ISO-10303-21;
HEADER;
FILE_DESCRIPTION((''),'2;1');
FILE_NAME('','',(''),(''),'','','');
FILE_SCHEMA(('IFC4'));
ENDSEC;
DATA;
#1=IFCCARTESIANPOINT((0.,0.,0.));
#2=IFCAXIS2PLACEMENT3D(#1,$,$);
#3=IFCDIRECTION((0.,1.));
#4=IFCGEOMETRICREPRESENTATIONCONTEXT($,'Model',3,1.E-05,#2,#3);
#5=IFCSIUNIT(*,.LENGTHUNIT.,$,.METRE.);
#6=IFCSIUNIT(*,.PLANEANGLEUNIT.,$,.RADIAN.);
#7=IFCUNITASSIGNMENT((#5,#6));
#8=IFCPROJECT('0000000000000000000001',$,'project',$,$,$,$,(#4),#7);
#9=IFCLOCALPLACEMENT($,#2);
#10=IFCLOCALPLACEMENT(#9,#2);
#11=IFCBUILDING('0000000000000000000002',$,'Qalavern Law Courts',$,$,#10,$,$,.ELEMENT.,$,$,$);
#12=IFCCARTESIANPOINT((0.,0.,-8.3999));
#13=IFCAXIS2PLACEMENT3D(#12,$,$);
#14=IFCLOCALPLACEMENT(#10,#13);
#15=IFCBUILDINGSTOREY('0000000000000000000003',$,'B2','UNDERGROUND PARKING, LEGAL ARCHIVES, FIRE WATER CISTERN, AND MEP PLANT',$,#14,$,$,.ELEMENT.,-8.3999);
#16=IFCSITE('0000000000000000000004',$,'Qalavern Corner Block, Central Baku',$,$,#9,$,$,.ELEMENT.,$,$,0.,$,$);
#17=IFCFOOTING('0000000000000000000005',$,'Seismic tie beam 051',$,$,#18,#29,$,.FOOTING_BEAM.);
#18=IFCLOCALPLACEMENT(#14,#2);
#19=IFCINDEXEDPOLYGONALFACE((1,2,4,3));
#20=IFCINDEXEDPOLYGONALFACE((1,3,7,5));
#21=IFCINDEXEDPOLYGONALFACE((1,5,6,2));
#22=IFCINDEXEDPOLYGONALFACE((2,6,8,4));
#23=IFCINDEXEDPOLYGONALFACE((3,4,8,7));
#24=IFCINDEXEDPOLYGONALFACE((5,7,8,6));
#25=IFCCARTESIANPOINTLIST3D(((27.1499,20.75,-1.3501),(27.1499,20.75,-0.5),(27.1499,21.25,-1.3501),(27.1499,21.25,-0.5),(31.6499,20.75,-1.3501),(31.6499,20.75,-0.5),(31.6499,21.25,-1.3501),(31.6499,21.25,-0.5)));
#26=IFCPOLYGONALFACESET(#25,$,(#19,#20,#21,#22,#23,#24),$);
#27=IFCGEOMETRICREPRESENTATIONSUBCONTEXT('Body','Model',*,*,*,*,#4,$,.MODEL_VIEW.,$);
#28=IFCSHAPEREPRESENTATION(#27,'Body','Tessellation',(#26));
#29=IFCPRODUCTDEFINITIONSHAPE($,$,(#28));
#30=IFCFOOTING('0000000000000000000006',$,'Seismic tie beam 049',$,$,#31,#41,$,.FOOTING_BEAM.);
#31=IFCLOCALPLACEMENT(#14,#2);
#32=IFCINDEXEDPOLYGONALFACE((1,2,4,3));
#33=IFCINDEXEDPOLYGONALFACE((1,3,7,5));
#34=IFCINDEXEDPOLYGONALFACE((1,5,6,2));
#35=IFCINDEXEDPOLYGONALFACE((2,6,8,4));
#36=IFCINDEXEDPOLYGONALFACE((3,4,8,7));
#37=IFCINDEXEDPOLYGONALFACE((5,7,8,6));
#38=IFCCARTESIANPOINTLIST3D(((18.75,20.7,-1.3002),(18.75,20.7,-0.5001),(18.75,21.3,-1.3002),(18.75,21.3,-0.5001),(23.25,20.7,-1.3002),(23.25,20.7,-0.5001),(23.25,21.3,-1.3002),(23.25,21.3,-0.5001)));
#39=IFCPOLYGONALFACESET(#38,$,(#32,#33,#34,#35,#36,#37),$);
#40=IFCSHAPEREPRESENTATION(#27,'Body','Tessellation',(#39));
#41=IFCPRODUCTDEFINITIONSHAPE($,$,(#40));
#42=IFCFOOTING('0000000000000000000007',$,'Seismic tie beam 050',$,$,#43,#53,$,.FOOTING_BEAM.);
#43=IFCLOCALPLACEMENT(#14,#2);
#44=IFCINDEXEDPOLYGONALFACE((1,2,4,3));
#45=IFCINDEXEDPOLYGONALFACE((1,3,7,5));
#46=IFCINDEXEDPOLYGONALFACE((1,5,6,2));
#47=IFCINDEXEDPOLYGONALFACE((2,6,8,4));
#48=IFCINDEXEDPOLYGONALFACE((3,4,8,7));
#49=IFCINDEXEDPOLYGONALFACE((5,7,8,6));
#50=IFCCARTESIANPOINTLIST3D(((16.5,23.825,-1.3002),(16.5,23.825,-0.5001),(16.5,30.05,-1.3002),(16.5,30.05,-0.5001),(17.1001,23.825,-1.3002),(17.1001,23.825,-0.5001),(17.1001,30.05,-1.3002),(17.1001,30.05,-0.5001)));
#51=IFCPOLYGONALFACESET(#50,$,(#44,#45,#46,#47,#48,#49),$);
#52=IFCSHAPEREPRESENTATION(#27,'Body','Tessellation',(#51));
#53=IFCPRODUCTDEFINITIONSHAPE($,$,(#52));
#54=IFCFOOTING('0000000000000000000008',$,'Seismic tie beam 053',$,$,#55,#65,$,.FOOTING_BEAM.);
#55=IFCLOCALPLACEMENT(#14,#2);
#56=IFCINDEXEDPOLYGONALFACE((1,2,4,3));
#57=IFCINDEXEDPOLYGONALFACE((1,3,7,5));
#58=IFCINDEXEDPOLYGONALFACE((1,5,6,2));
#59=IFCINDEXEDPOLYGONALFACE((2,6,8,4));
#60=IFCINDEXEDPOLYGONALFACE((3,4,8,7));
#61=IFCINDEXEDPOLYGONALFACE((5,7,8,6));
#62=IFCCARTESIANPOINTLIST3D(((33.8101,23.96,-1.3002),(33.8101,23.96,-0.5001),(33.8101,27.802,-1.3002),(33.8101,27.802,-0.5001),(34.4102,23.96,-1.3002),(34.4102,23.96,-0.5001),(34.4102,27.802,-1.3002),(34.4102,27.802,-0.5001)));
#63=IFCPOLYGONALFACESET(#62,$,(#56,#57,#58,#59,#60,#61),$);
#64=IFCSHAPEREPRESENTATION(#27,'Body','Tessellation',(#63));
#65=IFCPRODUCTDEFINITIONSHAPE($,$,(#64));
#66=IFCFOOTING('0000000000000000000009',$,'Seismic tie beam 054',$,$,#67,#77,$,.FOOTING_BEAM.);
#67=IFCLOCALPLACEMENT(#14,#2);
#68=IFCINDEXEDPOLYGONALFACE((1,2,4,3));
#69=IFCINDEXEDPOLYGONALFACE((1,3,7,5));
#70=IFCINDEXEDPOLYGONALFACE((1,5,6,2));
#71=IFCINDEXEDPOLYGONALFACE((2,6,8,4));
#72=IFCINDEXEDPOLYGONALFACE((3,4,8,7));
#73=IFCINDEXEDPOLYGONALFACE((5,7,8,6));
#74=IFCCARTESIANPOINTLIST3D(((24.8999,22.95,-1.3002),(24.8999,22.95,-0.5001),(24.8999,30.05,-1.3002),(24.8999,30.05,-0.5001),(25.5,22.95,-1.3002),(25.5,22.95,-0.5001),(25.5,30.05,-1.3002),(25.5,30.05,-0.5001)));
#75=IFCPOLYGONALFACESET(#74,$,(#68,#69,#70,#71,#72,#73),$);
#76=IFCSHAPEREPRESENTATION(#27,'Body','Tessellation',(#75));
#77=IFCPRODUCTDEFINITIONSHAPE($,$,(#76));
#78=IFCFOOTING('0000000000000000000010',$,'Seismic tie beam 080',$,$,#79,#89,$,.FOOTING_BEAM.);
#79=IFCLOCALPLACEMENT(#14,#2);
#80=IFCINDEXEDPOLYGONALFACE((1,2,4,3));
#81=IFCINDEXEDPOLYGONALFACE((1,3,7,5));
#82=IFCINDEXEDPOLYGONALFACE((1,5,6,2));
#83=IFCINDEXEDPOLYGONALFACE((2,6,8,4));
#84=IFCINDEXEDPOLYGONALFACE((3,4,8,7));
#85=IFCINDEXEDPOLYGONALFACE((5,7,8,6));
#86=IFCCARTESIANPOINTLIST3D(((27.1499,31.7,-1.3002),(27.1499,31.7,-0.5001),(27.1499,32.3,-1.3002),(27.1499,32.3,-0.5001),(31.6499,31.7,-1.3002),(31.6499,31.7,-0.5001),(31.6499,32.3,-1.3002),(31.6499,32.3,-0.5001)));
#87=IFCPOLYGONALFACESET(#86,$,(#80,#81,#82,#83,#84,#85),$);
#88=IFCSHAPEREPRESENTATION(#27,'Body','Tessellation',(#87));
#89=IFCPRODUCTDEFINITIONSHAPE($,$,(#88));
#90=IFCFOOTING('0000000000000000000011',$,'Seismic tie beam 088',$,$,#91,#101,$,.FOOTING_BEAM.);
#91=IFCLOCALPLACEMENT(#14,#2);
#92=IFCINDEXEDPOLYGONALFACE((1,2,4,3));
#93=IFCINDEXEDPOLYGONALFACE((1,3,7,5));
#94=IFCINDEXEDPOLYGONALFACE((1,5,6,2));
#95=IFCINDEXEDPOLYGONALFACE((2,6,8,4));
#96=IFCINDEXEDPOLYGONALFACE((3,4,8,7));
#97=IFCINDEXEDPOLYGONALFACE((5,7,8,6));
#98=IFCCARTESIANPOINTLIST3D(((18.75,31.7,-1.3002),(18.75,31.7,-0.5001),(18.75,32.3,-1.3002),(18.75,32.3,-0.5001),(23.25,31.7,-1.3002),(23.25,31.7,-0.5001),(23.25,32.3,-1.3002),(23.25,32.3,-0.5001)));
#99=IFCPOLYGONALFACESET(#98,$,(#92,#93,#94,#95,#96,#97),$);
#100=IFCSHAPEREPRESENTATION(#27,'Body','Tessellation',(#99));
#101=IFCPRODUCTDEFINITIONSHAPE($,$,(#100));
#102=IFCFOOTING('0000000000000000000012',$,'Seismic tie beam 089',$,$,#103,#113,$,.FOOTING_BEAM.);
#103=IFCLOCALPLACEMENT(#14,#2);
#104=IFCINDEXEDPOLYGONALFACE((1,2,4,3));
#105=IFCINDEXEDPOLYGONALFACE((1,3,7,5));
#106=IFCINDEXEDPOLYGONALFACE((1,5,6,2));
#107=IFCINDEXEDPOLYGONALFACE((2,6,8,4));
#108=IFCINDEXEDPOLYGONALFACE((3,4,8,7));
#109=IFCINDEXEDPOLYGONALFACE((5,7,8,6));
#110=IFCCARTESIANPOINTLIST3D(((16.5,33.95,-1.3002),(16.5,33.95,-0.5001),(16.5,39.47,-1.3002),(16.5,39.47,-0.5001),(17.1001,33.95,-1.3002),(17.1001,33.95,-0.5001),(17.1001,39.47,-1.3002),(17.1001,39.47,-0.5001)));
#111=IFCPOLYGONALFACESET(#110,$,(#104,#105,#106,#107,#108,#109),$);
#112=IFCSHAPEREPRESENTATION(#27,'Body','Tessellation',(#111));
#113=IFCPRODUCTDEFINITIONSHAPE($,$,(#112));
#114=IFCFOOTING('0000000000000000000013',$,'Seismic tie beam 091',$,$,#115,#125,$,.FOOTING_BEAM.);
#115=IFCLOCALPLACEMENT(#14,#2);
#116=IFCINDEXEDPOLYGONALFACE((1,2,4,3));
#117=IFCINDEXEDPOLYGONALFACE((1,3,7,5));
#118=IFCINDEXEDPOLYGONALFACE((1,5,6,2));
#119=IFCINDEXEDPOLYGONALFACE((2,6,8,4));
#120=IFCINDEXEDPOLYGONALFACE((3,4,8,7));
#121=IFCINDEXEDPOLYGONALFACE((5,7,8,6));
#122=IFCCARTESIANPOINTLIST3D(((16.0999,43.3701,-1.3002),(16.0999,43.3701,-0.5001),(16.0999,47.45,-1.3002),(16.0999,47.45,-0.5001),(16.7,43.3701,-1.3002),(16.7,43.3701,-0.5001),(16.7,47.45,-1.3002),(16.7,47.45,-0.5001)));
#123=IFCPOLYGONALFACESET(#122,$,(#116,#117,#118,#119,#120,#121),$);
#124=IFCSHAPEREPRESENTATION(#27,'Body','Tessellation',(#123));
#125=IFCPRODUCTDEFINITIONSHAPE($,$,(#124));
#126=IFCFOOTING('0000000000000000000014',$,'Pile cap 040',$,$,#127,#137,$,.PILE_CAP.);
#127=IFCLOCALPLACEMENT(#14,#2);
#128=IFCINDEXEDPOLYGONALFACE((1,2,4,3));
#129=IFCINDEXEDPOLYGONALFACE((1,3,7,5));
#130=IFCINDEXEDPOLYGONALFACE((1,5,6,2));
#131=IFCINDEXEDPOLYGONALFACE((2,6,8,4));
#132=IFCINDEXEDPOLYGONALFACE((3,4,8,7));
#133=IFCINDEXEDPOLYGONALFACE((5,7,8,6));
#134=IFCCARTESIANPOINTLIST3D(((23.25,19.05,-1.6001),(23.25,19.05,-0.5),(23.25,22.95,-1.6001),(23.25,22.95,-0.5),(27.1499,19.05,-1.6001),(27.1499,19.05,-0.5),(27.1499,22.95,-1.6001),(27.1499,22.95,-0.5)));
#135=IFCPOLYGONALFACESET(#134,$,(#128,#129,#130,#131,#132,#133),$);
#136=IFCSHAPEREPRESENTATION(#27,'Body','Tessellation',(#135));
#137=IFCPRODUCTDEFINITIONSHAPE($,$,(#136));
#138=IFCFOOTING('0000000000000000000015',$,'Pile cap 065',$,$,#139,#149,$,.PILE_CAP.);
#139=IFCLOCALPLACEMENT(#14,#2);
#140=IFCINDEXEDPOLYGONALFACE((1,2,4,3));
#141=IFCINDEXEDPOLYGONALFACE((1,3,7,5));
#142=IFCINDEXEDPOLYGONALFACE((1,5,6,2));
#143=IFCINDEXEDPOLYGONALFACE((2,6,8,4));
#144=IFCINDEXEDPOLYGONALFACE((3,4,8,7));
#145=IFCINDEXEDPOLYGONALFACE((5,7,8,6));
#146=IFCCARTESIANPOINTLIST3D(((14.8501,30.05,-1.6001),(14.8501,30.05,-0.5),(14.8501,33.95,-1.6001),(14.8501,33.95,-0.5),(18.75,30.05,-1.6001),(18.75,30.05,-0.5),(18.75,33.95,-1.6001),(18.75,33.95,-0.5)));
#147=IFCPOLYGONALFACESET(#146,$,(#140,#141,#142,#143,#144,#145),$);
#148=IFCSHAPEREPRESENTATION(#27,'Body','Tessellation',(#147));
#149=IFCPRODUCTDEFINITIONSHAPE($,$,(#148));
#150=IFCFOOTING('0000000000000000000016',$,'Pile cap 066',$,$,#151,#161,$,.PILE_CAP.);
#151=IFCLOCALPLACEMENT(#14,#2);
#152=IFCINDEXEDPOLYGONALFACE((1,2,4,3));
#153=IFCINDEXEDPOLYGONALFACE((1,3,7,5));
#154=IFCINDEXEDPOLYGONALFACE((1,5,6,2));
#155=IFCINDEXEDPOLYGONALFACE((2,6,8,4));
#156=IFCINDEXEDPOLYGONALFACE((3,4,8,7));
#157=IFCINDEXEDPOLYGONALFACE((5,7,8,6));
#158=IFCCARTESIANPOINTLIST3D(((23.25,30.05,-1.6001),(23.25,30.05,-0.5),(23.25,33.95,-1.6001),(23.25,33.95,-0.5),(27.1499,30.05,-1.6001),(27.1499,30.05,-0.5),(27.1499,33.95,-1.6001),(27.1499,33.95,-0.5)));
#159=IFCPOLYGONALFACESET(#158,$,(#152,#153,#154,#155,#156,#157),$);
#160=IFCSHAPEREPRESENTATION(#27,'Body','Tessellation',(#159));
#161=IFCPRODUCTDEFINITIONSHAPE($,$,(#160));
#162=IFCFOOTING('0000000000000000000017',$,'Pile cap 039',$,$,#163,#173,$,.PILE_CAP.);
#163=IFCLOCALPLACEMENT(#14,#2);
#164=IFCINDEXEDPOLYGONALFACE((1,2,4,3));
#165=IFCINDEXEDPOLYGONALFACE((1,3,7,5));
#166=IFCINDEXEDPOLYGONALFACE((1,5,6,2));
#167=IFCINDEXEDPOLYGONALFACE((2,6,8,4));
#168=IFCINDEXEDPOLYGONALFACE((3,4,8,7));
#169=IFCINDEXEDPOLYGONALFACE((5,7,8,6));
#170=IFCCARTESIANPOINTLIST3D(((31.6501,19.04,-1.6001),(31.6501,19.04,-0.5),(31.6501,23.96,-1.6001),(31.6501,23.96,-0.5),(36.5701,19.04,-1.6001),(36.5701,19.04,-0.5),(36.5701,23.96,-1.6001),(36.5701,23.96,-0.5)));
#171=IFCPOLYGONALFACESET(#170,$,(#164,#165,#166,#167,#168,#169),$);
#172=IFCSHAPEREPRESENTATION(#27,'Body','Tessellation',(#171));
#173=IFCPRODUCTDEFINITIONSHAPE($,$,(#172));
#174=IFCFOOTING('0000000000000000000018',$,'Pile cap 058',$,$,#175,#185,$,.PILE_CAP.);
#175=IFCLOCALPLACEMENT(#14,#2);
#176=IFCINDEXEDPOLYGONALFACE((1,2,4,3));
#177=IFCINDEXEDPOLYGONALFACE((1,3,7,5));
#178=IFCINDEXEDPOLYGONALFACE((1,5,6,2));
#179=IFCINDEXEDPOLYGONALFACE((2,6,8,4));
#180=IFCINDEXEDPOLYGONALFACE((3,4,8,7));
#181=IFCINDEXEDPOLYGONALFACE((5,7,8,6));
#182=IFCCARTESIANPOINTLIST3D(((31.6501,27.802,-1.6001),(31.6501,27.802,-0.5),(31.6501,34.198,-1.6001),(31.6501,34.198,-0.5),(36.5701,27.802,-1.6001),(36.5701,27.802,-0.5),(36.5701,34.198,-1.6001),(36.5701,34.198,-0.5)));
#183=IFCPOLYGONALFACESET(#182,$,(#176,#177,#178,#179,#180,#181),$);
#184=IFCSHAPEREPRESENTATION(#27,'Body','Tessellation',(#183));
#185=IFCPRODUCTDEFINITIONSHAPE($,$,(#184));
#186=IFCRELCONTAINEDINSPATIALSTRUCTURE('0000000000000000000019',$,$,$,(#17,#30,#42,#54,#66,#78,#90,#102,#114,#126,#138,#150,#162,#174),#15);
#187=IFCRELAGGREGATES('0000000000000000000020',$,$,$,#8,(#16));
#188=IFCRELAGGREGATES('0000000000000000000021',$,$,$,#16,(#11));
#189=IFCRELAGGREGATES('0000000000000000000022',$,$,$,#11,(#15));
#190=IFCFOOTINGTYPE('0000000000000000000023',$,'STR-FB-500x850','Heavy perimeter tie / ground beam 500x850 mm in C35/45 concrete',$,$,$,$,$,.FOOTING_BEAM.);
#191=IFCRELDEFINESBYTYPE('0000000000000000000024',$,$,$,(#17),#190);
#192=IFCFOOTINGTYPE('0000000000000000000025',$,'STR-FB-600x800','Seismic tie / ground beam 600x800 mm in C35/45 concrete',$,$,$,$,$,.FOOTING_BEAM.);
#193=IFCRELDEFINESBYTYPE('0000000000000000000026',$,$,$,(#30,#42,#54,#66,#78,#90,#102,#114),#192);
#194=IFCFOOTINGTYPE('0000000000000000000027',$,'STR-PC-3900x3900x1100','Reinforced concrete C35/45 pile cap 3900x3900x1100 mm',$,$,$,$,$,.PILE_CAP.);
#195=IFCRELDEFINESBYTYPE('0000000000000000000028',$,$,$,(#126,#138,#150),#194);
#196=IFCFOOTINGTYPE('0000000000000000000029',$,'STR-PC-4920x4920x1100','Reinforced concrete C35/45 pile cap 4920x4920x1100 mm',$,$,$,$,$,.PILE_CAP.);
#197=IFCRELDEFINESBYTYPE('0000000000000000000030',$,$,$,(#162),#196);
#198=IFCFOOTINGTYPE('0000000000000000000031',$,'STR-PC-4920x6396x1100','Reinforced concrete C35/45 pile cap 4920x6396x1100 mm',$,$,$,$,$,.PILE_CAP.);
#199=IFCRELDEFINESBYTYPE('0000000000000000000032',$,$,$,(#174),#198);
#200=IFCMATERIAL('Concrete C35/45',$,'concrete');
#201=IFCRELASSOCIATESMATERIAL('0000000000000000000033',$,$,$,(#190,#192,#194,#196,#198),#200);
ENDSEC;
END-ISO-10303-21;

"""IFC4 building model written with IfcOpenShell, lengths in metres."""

from ifc_helpers import new_model, si_unit, direction, frame, origin, origin_2d, place, context, subcontext, project, spatial, rectangle, extrude, material, material_profile, profile_set, type_object, element, save


model = new_model("IFC4")

# Units and contexts
model_context = context("Model", 3, precision=1e-05, world=origin(), true_north=direction((0.0, 1.0)))
body_context = subcontext(model_context, "Body", "Model", "MODEL_VIEW")
ifc_project = project(units=[si_unit("LENGTHUNIT", "METRE"), si_unit("PLANEANGLEUNIT", "RADIAN")], contexts=[model_context])

# Site, building, storey
site_placement = place(None, origin())
site = spatial("IfcSite", under=ifc_project, at=site_placement, Name="Qalavern Corner Block, Central Baku", CompositionType="ELEMENT", RefElevation=0.0)
building_placement = place(site_placement, origin())
building = spatial("IfcBuilding", under=site, at=building_placement, Name="Qalavern Law Courts", CompositionType="ELEMENT")
storey_placement = place(building_placement, frame((0.0, 0.0, -8.3999)))
storey = spatial("IfcBuildingStorey", under=building, at=storey_placement, Name="B2", Description="UNDERGROUND PARKING, LEGAL ARCHIVES, FIRE WATER CISTERN, AND MEP PLANT", CompositionType="ELEMENT", Elevation=-8.3999)

# Footings
ifc_material_1 = material(Name="Concrete C35/45", Category="concrete")
ifc_material_profile_1 = material_profile(ifc_material_1, rectangle(XDim=0.5, YDim=0.8501, at=origin_2d()), Name="RC 500x850")
ifc_profile_set_1 = profile_set([ifc_material_profile_1], Name="Concrete C35/45")
footing_type_1 = type_object("IfcFootingType", Name="STR-FB-500x850", Description="Heavy perimeter tie / ground beam 500x850 mm in C35/45 concrete", PredefinedType="FOOTING_BEAM", material=ifc_profile_set_1)
footing_1_placement = place(storey_placement, frame((27.1499, 21.0, -0.925), z_axis=(1.0, 0.0, 0.0), x_axis=(0.0, 1.0, 0.0)))
element("IfcFooting", 1, at=footing_1_placement, inside=storey, type_object=footing_type_1, Name="Seismic tie beam 051", PredefinedType="FOOTING_BEAM", context=body_context, shape_type="SweptSolid", body=[
    extrude(rectangle(XDim=0.5, YDim=0.8501, at=origin_2d()), origin(), (0.0, 0.0, 1.0), 4.5),
])
ifc_material_profile_2 = material_profile(ifc_material_1, rectangle(XDim=0.6001, YDim=0.8, at=origin_2d()), Name="RC 600x800")
ifc_profile_set_2 = profile_set([ifc_material_profile_2], Name="Concrete C35/45")
footing_type_2 = type_object("IfcFootingType", Name="STR-FB-600x800", Description="Seismic tie / ground beam 600x800 mm in C35/45 concrete", PredefinedType="FOOTING_BEAM", material=ifc_profile_set_2)
footing_2_placement = place(storey_placement, frame((18.75, 21.0, -0.9001), z_axis=(1.0, 0.0, 0.0), x_axis=(0.0, 1.0, 0.0)))
element("IfcFooting", 2, at=footing_2_placement, inside=storey, type_object=footing_type_2, Name="Seismic tie beam 049", PredefinedType="FOOTING_BEAM", context=body_context, shape_type="SweptSolid", body=[
    extrude(rectangle(XDim=0.6001, YDim=0.8, at=origin_2d()), origin(), (0.0, 0.0, 1.0), 4.5),
])
footing_3_placement = place(storey_placement, frame((16.8, 23.825, -0.9001), z_axis=(0.0, 1.0, 0.0), x_axis=(-1.0, 0.0, 0.0)))
element("IfcFooting", 3, at=footing_3_placement, inside=storey, type_object=footing_type_2, Name="Seismic tie beam 050", PredefinedType="FOOTING_BEAM", context=body_context, shape_type="SweptSolid", body=[
    extrude(rectangle(XDim=0.6001, YDim=0.8, at=origin_2d()), origin(), (0.0, 0.0, 1.0), 6.2251),
])
footing_4_placement = place(storey_placement, frame((34.1101, 23.96, -0.9001), z_axis=(0.0, 1.0, 0.0), x_axis=(-1.0, 0.0, 0.0)))
element("IfcFooting", 4, at=footing_4_placement, inside=storey, type_object=footing_type_2, Name="Seismic tie beam 053", PredefinedType="FOOTING_BEAM", context=body_context, shape_type="SweptSolid", body=[
    extrude(rectangle(XDim=0.6001, YDim=0.8, at=origin_2d()), origin(), (0.0, 0.0, 1.0), 3.842),
])
footing_5_placement = place(storey_placement, frame((25.2, 22.95, -0.9001), z_axis=(0.0, 1.0, 0.0), x_axis=(-1.0, 0.0, 0.0)))
element("IfcFooting", 5, at=footing_5_placement, inside=storey, type_object=footing_type_2, Name="Seismic tie beam 054", PredefinedType="FOOTING_BEAM", context=body_context, shape_type="SweptSolid", body=[
    extrude(rectangle(XDim=0.6001, YDim=0.8, at=origin_2d()), origin(), (0.0, 0.0, 1.0), 7.1001),
])
for number, where, z_axis, x_axis, name in (
    (6, (27.1499, 32.0, -0.9001), (1.0, 0.0, 0.0), (0.0, 1.0, 0.0), "Seismic tie beam 080"),
    (7, (18.75, 32.0, -0.9001), (1.0, 0.0, 0.0), (0.0, 1.0, 0.0), "Seismic tie beam 088"),
):
    element("IfcFooting", number, at=place(storey_placement, frame(where, z_axis=z_axis, x_axis=x_axis)), inside=storey, type_object=footing_type_2, Name=name, PredefinedType="FOOTING_BEAM", context=body_context, shape_type="SweptSolid", body=[
        extrude(rectangle(XDim=0.6001, YDim=0.8, at=origin_2d()), origin(), (0.0, 0.0, 1.0), 4.5),
    ])
footing_6_placement = place(storey_placement, frame((16.8, 33.95, -0.9001), z_axis=(0.0, 1.0, 0.0), x_axis=(-1.0, 0.0, 0.0)))
element("IfcFooting", 8, at=footing_6_placement, inside=storey, type_object=footing_type_2, Name="Seismic tie beam 089", PredefinedType="FOOTING_BEAM", context=body_context, shape_type="SweptSolid", body=[
    extrude(rectangle(XDim=0.6001, YDim=0.8, at=origin_2d()), origin(), (0.0, 0.0, 1.0), 5.52),
])
footing_7_placement = place(storey_placement, frame((16.3999, 43.3701, -0.9001), z_axis=(0.0, 1.0, 0.0), x_axis=(-1.0, 0.0, 0.0)))
element("IfcFooting", 9, at=footing_7_placement, inside=storey, type_object=footing_type_2, Name="Seismic tie beam 091", PredefinedType="FOOTING_BEAM", context=body_context, shape_type="SweptSolid", body=[
    extrude(rectangle(XDim=0.6001, YDim=0.8, at=origin_2d()), origin(), (0.0, 0.0, 1.0), 4.0798),
])
footing_type_3 = type_object("IfcFootingType", Name="STR-PC-3900x3900x1100", Description="Reinforced concrete C35/45 pile cap 3900x3900x1100 mm", PredefinedType="PILE_CAP", material=ifc_material_1)
for number, where, z_axis, x_axis, name in (
    (10, (25.2, 21.0, -1.6001), (0.0, 0.0, 1.0), (1.0, 0.0, 0.0), "Pile cap 040"),
    (11, (16.8, 32.0, -1.6001), (0.0, 0.0, 1.0), (1.0, 0.0, 0.0), "Pile cap 065"),
    (12, (25.2, 32.0, -1.6001), (0.0, 0.0, 1.0), (1.0, 0.0, 0.0), "Pile cap 066"),
):
    element("IfcFooting", number, at=place(storey_placement, frame(where, z_axis=z_axis, x_axis=x_axis)), inside=storey, type_object=footing_type_3, Name=name, PredefinedType="PILE_CAP", context=body_context, shape_type="SweptSolid", body=[
        extrude(rectangle(XDim=3.8999, YDim=3.8999, at=origin_2d()), origin(), (0.0, 0.0, 1.0), 1.1001),
    ])
footing_type_4 = type_object("IfcFootingType", Name="STR-PC-4920x4920x1100", Description="Reinforced concrete C35/45 pile cap 4920x4920x1100 mm", PredefinedType="PILE_CAP", material=ifc_material_1)
footing_8_placement = place(storey_placement, frame((34.1101, 21.5, -1.6001), z_axis=(0.0, 0.0, 1.0), x_axis=(1.0, 0.0, 0.0)))
element("IfcFooting", 13, at=footing_8_placement, inside=storey, type_object=footing_type_4, Name="Pile cap 039", PredefinedType="PILE_CAP", context=body_context, shape_type="SweptSolid", body=[
    extrude(rectangle(XDim=4.9199, YDim=4.9199, at=origin_2d()), origin(), (0.0, 0.0, 1.0), 1.1001),
])
footing_type_5 = type_object("IfcFootingType", Name="STR-PC-4920x6396x1100", Description="Reinforced concrete C35/45 pile cap 4920x6396x1100 mm", PredefinedType="PILE_CAP", material=ifc_material_1)
footing_9_placement = place(storey_placement, frame((34.1101, 31.0, -1.6001), z_axis=(0.0, 0.0, 1.0), x_axis=(1.0, 0.0, 0.0)))
element("IfcFooting", 14, at=footing_9_placement, inside=storey, type_object=footing_type_5, Name="Pile cap 058", PredefinedType="PILE_CAP", context=body_context, shape_type="SweptSolid", body=[
    extrude(rectangle(XDim=4.9199, YDim=6.396, at=origin_2d()), origin(), (0.0, 0.0, 1.0), 1.1001),
])

save(model, "model.ifc")
